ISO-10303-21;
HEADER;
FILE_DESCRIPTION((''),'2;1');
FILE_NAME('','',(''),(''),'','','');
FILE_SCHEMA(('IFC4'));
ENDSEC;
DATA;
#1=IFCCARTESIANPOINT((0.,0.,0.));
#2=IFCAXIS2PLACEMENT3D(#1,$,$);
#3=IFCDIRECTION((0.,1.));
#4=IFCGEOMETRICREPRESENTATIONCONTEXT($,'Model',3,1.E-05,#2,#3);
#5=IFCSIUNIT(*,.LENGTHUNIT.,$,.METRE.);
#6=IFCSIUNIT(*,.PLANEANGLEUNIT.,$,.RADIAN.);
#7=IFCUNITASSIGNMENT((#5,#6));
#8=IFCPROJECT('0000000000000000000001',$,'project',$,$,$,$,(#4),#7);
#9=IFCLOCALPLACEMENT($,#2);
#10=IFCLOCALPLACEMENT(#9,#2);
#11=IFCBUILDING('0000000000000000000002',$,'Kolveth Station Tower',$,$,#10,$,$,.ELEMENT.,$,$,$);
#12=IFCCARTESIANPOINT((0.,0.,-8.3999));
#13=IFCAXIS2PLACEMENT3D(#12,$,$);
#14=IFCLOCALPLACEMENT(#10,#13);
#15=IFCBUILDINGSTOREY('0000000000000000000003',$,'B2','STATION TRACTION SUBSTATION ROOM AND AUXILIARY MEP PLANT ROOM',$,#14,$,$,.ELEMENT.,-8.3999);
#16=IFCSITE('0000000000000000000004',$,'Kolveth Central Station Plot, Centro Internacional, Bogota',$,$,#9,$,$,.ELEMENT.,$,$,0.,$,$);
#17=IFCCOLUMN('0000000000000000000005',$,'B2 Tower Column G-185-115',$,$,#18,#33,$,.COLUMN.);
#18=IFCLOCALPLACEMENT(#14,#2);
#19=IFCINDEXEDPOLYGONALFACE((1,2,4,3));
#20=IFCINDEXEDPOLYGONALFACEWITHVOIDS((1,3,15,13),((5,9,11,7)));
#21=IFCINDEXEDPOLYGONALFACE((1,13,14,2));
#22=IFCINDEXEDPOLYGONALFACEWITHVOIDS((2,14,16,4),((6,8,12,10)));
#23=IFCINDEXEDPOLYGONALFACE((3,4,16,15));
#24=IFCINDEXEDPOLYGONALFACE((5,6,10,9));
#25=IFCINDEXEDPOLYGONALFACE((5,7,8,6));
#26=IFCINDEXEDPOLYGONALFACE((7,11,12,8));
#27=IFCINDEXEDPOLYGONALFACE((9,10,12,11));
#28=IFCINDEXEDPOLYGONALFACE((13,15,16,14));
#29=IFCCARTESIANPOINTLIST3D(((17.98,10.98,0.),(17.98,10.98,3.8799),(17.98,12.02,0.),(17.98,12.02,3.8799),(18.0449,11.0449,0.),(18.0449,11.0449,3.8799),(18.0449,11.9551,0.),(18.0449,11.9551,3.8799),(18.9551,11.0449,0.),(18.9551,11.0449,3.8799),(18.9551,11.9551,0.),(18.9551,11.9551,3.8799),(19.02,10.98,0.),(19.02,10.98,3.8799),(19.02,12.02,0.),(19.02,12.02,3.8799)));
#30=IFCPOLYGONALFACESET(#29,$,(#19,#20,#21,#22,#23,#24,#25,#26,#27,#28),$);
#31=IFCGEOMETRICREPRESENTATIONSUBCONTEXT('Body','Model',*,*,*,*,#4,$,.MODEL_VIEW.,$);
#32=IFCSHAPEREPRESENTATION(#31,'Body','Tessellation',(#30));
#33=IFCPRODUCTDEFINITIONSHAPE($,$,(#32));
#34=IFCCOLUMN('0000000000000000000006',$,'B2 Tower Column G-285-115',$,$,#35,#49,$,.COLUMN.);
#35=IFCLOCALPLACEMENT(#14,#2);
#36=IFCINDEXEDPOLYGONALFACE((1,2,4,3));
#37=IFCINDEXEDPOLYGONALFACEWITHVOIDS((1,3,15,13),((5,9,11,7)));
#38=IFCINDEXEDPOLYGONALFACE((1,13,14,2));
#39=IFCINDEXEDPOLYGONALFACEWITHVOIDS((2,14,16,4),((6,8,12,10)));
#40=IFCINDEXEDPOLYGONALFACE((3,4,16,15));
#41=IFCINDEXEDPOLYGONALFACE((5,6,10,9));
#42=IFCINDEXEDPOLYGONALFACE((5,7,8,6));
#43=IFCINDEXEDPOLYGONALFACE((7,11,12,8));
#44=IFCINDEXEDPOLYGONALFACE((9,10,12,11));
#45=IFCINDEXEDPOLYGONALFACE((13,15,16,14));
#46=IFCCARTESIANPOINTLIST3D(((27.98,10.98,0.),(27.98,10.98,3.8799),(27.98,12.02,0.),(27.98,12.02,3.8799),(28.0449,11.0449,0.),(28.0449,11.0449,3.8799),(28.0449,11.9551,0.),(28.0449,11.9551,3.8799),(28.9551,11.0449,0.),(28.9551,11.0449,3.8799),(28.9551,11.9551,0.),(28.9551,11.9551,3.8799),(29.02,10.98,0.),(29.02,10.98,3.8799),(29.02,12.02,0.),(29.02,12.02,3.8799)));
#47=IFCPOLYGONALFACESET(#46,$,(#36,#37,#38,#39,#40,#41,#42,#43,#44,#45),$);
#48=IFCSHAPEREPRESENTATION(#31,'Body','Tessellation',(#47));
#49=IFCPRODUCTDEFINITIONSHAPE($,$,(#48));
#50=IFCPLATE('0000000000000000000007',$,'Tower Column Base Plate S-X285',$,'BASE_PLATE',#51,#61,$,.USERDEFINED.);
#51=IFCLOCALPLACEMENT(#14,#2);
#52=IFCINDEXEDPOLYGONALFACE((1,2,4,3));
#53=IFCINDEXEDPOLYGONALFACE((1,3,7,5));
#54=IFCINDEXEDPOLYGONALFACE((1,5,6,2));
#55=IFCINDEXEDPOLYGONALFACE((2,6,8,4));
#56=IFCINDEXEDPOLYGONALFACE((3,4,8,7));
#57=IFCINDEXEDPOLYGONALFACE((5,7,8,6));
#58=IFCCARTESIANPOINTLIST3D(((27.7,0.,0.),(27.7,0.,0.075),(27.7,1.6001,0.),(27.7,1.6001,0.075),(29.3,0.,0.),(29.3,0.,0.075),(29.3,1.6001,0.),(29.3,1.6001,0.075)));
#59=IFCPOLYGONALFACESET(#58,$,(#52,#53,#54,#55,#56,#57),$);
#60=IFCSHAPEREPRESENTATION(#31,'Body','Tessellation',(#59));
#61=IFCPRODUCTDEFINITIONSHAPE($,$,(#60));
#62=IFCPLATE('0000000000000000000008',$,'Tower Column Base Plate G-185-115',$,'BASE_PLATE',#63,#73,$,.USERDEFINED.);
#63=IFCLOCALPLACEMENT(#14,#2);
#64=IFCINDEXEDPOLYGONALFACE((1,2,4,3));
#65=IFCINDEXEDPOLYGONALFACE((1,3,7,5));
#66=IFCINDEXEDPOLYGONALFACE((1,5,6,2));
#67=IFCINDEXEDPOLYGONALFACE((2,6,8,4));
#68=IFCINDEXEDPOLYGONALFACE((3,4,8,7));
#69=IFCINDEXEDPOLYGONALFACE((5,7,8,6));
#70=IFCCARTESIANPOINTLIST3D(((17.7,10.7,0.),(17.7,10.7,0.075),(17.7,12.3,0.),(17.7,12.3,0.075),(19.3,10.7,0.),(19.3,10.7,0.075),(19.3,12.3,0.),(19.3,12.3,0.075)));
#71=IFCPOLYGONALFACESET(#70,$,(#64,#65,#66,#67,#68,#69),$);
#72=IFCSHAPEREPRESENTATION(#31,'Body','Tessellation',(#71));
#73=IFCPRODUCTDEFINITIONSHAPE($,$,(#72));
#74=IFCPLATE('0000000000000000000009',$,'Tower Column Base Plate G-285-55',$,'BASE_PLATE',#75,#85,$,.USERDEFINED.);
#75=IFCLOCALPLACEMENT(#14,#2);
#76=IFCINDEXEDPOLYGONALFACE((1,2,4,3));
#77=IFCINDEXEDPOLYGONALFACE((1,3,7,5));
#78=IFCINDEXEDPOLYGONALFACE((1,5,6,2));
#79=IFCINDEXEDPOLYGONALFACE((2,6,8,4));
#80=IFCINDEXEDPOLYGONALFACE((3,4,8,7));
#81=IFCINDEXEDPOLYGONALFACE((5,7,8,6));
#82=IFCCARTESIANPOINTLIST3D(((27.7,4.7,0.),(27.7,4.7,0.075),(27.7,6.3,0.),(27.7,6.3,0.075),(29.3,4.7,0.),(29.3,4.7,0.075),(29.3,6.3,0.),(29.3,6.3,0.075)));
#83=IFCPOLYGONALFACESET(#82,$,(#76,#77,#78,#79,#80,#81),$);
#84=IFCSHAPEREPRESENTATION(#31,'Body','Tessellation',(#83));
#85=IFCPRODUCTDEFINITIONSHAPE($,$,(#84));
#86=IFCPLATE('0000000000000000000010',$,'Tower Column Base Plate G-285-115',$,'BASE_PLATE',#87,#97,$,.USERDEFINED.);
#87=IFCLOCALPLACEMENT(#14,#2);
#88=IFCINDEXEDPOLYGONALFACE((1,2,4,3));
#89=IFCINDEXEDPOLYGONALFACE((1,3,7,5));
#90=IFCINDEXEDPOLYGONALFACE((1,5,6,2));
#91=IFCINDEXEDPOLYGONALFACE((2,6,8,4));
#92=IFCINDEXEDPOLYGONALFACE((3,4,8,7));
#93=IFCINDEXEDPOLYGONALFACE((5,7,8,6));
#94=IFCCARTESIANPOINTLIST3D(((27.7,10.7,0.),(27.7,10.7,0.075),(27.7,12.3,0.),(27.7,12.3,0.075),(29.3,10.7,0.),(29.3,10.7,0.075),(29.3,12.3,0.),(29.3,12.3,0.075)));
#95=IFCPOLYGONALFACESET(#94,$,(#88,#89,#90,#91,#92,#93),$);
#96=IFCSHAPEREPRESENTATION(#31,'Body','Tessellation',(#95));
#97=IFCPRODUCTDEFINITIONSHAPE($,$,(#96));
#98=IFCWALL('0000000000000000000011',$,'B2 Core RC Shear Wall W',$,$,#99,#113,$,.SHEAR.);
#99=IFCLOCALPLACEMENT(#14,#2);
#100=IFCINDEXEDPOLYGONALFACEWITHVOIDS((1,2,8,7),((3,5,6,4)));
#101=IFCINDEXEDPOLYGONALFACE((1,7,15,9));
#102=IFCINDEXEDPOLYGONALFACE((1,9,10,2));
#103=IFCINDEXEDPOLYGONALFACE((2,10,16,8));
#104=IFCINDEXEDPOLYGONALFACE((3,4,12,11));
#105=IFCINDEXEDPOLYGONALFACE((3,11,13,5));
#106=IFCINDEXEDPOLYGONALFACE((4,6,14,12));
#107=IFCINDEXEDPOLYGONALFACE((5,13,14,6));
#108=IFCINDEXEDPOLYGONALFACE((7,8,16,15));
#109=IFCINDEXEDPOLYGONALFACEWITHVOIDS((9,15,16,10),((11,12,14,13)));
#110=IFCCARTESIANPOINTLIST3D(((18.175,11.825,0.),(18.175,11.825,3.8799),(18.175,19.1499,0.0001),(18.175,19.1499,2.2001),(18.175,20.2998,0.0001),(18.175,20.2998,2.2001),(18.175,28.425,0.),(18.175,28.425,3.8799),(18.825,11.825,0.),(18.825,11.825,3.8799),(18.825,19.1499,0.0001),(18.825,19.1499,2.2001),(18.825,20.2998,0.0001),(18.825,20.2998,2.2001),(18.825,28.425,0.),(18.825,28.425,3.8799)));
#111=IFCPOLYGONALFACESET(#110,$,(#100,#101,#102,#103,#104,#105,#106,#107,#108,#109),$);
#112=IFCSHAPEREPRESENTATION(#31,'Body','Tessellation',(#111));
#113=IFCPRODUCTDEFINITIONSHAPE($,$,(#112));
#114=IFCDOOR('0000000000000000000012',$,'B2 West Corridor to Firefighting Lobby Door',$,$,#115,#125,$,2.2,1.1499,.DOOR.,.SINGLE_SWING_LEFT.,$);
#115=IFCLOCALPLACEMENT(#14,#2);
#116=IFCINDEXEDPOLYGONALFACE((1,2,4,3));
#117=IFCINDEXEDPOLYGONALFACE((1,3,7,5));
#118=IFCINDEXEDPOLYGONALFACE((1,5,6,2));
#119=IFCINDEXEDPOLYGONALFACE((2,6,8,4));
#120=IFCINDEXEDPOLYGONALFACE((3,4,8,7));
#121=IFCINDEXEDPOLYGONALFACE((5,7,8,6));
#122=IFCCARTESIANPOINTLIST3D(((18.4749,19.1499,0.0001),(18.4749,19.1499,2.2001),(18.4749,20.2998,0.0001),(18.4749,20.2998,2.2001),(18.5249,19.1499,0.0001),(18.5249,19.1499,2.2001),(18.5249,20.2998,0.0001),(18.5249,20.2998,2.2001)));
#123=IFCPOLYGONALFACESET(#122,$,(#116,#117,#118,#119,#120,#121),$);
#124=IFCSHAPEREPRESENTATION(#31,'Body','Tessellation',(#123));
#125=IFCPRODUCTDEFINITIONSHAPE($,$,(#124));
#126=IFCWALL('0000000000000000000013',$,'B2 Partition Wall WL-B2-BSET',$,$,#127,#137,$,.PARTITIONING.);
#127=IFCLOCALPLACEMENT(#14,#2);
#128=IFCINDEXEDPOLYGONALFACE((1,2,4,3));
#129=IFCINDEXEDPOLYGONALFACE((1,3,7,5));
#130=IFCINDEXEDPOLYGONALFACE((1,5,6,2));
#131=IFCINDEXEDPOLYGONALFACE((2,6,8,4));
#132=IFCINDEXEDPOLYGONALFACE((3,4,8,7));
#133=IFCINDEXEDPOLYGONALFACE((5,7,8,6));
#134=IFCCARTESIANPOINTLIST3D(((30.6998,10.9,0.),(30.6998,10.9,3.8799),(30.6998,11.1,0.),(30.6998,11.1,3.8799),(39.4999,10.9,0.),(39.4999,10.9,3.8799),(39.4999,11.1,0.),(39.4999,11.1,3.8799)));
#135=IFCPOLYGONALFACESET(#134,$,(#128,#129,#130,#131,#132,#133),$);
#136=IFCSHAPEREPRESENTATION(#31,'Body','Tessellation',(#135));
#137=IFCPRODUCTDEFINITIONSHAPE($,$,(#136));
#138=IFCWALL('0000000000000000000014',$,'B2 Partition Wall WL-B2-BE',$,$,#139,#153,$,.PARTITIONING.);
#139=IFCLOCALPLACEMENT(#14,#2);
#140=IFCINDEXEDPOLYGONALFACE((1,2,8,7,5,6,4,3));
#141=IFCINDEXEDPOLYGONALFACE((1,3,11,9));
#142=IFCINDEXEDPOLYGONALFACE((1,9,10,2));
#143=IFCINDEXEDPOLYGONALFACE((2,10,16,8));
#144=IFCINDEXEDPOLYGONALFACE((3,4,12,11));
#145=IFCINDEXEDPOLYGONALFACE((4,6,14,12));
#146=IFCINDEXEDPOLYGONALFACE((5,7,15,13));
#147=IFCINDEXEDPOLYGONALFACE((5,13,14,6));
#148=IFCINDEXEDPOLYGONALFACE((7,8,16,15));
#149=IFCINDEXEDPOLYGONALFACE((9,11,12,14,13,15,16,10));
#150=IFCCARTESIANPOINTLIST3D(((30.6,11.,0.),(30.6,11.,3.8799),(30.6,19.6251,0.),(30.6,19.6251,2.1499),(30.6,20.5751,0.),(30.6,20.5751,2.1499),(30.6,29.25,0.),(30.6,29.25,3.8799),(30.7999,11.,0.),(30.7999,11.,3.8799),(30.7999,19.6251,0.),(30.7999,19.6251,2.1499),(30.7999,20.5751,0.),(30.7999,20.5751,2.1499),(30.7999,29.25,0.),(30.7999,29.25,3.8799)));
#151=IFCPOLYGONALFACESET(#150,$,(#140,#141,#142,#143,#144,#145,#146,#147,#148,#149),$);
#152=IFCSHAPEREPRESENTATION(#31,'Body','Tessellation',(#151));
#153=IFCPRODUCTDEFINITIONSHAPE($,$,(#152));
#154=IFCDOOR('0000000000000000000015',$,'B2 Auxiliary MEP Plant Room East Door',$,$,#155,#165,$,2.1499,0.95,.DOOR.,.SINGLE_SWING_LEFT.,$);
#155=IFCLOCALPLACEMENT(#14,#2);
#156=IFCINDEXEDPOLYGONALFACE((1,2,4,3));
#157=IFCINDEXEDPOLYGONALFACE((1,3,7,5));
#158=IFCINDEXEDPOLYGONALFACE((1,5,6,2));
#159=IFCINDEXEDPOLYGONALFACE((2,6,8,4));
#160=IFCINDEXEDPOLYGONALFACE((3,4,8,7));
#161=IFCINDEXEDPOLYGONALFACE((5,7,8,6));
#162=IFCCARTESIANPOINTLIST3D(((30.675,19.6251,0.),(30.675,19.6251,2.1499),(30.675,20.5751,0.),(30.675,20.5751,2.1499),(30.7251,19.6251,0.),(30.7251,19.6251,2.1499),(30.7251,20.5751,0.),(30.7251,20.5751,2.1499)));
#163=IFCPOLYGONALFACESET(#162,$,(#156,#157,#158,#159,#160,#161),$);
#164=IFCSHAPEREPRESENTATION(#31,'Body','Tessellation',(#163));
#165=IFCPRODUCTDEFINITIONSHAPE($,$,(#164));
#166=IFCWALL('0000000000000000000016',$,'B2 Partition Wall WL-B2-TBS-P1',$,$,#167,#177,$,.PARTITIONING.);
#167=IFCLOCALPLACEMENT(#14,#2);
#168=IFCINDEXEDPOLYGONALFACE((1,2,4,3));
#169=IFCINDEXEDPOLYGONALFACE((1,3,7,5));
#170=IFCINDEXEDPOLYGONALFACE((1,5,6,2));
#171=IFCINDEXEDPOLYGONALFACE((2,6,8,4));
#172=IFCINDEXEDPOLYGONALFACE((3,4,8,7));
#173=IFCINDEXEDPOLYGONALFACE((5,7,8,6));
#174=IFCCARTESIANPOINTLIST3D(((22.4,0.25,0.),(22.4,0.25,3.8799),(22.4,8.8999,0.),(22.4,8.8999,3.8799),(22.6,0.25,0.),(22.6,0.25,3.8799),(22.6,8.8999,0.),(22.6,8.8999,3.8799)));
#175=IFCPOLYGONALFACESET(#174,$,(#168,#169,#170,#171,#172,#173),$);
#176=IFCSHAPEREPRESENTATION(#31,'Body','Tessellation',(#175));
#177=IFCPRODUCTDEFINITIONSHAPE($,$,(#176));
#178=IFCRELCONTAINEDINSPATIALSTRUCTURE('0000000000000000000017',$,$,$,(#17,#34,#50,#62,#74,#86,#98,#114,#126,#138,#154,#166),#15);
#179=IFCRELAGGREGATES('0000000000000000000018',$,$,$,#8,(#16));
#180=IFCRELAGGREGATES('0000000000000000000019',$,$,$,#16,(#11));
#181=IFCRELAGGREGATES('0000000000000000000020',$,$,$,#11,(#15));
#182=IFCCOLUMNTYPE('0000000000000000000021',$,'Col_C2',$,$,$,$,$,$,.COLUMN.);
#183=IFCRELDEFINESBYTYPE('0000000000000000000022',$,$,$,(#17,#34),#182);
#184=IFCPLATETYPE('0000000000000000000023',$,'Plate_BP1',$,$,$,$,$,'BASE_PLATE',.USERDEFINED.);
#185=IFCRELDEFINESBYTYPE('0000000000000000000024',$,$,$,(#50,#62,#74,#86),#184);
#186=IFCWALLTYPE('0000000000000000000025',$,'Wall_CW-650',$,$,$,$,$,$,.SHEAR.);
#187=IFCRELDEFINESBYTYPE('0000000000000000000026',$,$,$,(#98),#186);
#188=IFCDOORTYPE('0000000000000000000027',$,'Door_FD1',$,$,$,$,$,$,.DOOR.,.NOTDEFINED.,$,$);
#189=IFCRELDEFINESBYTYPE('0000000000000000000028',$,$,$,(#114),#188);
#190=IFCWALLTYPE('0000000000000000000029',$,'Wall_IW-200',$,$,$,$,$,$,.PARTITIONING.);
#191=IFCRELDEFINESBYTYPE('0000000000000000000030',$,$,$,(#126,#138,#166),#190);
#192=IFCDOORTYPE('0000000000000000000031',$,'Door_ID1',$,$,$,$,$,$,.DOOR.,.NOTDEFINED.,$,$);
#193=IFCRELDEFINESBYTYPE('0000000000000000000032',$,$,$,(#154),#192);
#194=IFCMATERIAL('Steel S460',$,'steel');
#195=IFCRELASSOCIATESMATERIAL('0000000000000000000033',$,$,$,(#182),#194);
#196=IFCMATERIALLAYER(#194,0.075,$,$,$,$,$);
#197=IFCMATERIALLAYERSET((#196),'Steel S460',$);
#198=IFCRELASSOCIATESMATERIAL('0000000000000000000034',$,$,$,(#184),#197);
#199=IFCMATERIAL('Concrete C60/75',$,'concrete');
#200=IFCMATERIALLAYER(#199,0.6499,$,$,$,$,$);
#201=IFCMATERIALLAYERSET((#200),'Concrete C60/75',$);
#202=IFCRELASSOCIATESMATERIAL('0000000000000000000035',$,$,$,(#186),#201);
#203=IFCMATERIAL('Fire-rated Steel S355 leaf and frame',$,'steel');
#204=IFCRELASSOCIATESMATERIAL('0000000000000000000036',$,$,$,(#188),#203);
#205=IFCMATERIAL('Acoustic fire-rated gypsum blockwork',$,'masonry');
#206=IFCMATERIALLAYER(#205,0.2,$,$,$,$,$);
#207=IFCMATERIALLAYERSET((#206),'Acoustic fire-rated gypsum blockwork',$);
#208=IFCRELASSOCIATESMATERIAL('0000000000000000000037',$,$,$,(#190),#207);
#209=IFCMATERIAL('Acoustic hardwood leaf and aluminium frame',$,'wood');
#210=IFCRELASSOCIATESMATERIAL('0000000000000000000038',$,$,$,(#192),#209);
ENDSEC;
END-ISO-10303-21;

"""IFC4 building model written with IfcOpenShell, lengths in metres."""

from ifc_helpers import new_model, si_unit, direction, frame, frame_2d, origin, origin_2d, place, context, subcontext, project, spatial, rectangle, hollow_rectangle, extrude, source, transform, mapped, material, layer, layer_set, material_profile, profile_set, type_object, element, fill, save


model = new_model("IFC4")

# Units and contexts
model_context = context("Model", 3, precision=1e-05, world=origin(), true_north=direction((0.0, 1.0)))
body_context = subcontext(model_context, "Body", "Model", "MODEL_VIEW")
ifc_project = project(units=[si_unit("LENGTHUNIT", "METRE"), si_unit("PLANEANGLEUNIT", "RADIAN")], contexts=[model_context])

# Site, building, storey
site_placement = place(None, origin())
site = spatial("IfcSite", under=ifc_project, at=site_placement, Name="Kolveth Central Station Plot, Centro Internacional, Bogota", CompositionType="ELEMENT", RefElevation=0.0)
building_placement = place(site_placement, origin())
building = spatial("IfcBuilding", under=site, at=building_placement, Name="Kolveth Station Tower", CompositionType="ELEMENT")
storey_placement = place(building_placement, frame((0.0, 0.0, -8.3999)))
storey = spatial("IfcBuildingStorey", under=building, at=storey_placement, Name="B2", Description="STATION TRACTION SUBSTATION ROOM AND AUXILIARY MEP PLANT ROOM", CompositionType="ELEMENT", Elevation=-8.3999)

# Columns
ifc_material_1 = material(Name="Steel S460", Category="steel")
ifc_material_profile_1 = material_profile(ifc_material_1, hollow_rectangle(XDim=1.04, YDim=1.04, WallThickness=0.0649, at=origin_2d()), Name="BOX1040x1040x65")
ifc_profile_set_1 = profile_set([ifc_material_profile_1], Name="Steel S460")
column_type_1 = type_object("IfcColumnType", Name="Col_C2", PredefinedType="COLUMN", material=ifc_profile_set_1)
shared_shape_1 = source(origin(), body_context, "Body", "SweptSolid", [
    extrude(hollow_rectangle(XDim=1.04, YDim=1.04, WallThickness=0.0649, at=origin_2d()), origin(), (0.0, 0.0, 1.0), 3.8799),
])
for number, where, z_axis, x_axis, name in (
    (1, (18.5, 11.5, 0.0), (0.0, 0.0, 1.0), (1.0, 0.0, 0.0), "B2 Tower Column G-185-115"),
    (2, (28.5, 11.5, 0.0), (0.0, 0.0, 1.0), (1.0, 0.0, 0.0), "B2 Tower Column G-285-115"),
):
    element("IfcColumn", number, at=place(storey_placement, frame(where, z_axis=z_axis, x_axis=x_axis)), inside=storey, type_object=column_type_1, Name=name, PredefinedType="COLUMN", context=body_context, shape_type="MappedRepresentation", body=[
        mapped(shared_shape_1, transform((0.0, 0.0, 0.0), x_axis=(1.0, 0.0, 0.0), y_axis=(0.0, 1.0, 0.0), z_axis=(0.0, 0.0, 1.0), scale=1.0)),
    ])

# Plates
ifc_layer_1 = layer(ifc_material_1, 0.075)
ifc_layer_set_1 = layer_set([ifc_layer_1], Name="Steel S460")
plate_type = type_object("IfcPlateType", Name="Plate_BP1", ElementType="BASE_PLATE", PredefinedType="USERDEFINED", material=ifc_layer_set_1)
shared_shape_2 = source(origin(), body_context, "Body", "SweptSolid", [
    extrude(rectangle(XDim=1.6001, YDim=1.6001, at=origin_2d()), origin(), (0.0, 0.0, 1.0), 0.075),
])
for number, where, z_axis, x_axis, name in (
    (3, (28.5, 0.8, 0.0), (0.0, 0.0, 1.0), (1.0, 0.0, 0.0), "Tower Column Base Plate S-X285"),
    (4, (18.5, 11.5, 0.0), (0.0, 0.0, 1.0), (1.0, 0.0, 0.0), "Tower Column Base Plate G-185-115"),
    (5, (28.5, 5.5, 0.0), (0.0, 0.0, 1.0), (1.0, 0.0, 0.0), "Tower Column Base Plate G-285-55"),
    (6, (28.5, 11.5, 0.0), (0.0, 0.0, 1.0), (1.0, 0.0, 0.0), "Tower Column Base Plate G-285-115"),
):
    element("IfcPlate", number, at=place(storey_placement, frame(where, z_axis=z_axis, x_axis=x_axis)), inside=storey, type_object=plate_type, Name=name, ObjectType="BASE_PLATE", PredefinedType="USERDEFINED", context=body_context, shape_type="MappedRepresentation", body=[
        mapped(shared_shape_2, transform((0.0, 0.0, 0.0), x_axis=(1.0, 0.0, 0.0), y_axis=(0.0, 1.0, 0.0), z_axis=(0.0, 0.0, 1.0), scale=1.0)),
    ])

# Wall, opening, door
ifc_material_2 = material(Name="Concrete C60/75", Category="concrete")
ifc_layer_2 = layer(ifc_material_2, 0.6499)
ifc_layer_set_2 = layer_set([ifc_layer_2], Name="Concrete C60/75")
wall_type_1 = type_object("IfcWallType", Name="Wall_CW-650", PredefinedType="SHEAR", material=ifc_layer_set_2)
wall_1_placement = place(storey_placement, frame((18.5, 11.825, 0.0), z_axis=(0.0, 0.0, 1.0), x_axis=(0.0, 1.0, 0.0)))
wall_1 = element("IfcWall", 7, at=wall_1_placement, inside=storey, type_object=wall_type_1, Name="B2 Core RC Shear Wall W", PredefinedType="SHEAR", context=body_context, shape_type="SweptSolid", body=[
    extrude(rectangle(XDim=16.6001, YDim=0.6499, at=frame_2d((8.3, 0.0))), origin(), (0.0, 0.0, 1.0), 3.8799),
])
opening_1_placement = place(wall_1_placement, frame((7.325, 0.0, 0.0)))
opening_1 = element("IfcOpeningElement", 8, at=opening_1_placement, cuts=wall_1, PredefinedType="OPENING", context=body_context, shape_type="SweptSolid", body=[
    extrude(rectangle(XDim=1.1499, YDim=2.2, at=frame_2d((0.575, 1.1001))), frame((0.0, 0.335, 0.0), z_axis=(0.0, -1.0, 0.0), x_axis=(1.0, 0.0, 0.0)), (0.0, 0.0, 1.0), 0.6699),
])
ifc_material_3 = material(Name="Fire-rated Steel S355 leaf and frame", Category="steel")
door_type_1 = type_object("IfcDoorType", Name="Door_FD1", OperationType="NOTDEFINED", PredefinedType="DOOR", material=ifc_material_3)
door_1_placement = place(opening_1_placement, frame((1.1499, 0.0, 0.0), z_axis=(0.0, 0.0, 1.0), x_axis=(-1.0, 0.0, 0.0)))
door_1 = element("IfcDoor", 9, at=door_1_placement, inside=storey, type_object=door_type_1, Name="B2 West Corridor to Firefighting Lobby Door", OperationType="SINGLE_SWING_LEFT", OverallHeight=2.2, OverallWidth=1.1499, PredefinedType="DOOR", context=body_context, shape_type="SweptSolid", body=[
    extrude(rectangle(XDim=1.1499, YDim=2.2, at=frame_2d((0.575, 1.1001))), frame((0.0, 0.0249, 0.0), z_axis=(0.0, -1.0, 0.0), x_axis=(1.0, 0.0, 0.0)), (0.0, 0.0, 1.0), 0.05),
])
fill(opening_1, door_1)

# Wall
ifc_material_4 = material(Name="Acoustic fire-rated gypsum blockwork", Category="masonry")
ifc_layer_3 = layer(ifc_material_4, 0.2)
ifc_layer_set_3 = layer_set([ifc_layer_3], Name="Acoustic fire-rated gypsum blockwork")
wall_type_2 = type_object("IfcWallType", Name="Wall_IW-200", PredefinedType="PARTITIONING", material=ifc_layer_set_3)
wall_2_placement = place(storey_placement, frame((30.7, 11.0, 0.0), z_axis=(0.0, 0.0, 1.0), x_axis=(1.0, 0.0, 0.0)))
element("IfcWall", 10, at=wall_2_placement, inside=storey, type_object=wall_type_2, Name="B2 Partition Wall WL-B2-BSET", PredefinedType="PARTITIONING", context=body_context, shape_type="SweptSolid", body=[
    extrude(rectangle(XDim=8.8, YDim=0.2, at=frame_2d((4.3999, 0.0))), origin(), (0.0, 0.0, 1.0), 3.8799),
])

# Wall, opening, door
wall_3_placement = place(storey_placement, frame((30.7, 11.0, 0.0), z_axis=(0.0, 0.0, 1.0), x_axis=(0.0, 1.0, 0.0)))
wall_3 = element("IfcWall", 11, at=wall_3_placement, inside=storey, type_object=wall_type_2, Name="B2 Partition Wall WL-B2-BE", PredefinedType="PARTITIONING", context=body_context, shape_type="SweptSolid", body=[
    extrude(rectangle(XDim=18.25, YDim=0.2, at=frame_2d((9.125, 0.0))), origin(), (0.0, 0.0, 1.0), 3.8799),
])
opening_2_placement = place(wall_3_placement, frame((8.625, 0.0, 0.0)))
opening_2 = element("IfcOpeningElement", 12, at=opening_2_placement, cuts=wall_3, PredefinedType="OPENING", context=body_context, shape_type="SweptSolid", body=[
    extrude(rectangle(XDim=0.95, YDim=2.1499, at=frame_2d((0.4751, 1.075))), frame((0.0, 0.1099, 0.0), z_axis=(0.0, -1.0, 0.0), x_axis=(1.0, 0.0, 0.0)), (0.0, 0.0, 1.0), 0.22),
])
ifc_material_5 = material(Name="Acoustic hardwood leaf and aluminium frame", Category="wood")
door_type_2 = type_object("IfcDoorType", Name="Door_ID1", OperationType="NOTDEFINED", PredefinedType="DOOR", material=ifc_material_5)
door_2_placement = place(opening_2_placement, origin())
door_2 = element("IfcDoor", 13, at=door_2_placement, inside=storey, type_object=door_type_2, Name="B2 Auxiliary MEP Plant Room East Door", OperationType="SINGLE_SWING_LEFT", OverallHeight=2.1499, OverallWidth=0.95, PredefinedType="DOOR", context=body_context, shape_type="SweptSolid", body=[
    extrude(rectangle(XDim=0.95, YDim=2.1499, at=frame_2d((0.4751, 1.075))), frame((0.0, 0.0249, 0.0), z_axis=(0.0, -1.0, 0.0), x_axis=(1.0, 0.0, 0.0)), (0.0, 0.0, 1.0), 0.05),
])
fill(opening_2, door_2)

# Wall
wall_4_placement = place(storey_placement, frame((22.5, 0.25, 0.0), z_axis=(0.0, 0.0, 1.0), x_axis=(0.0, 1.0, 0.0)))
element("IfcWall", 14, at=wall_4_placement, inside=storey, type_object=wall_type_2, Name="B2 Partition Wall WL-B2-TBS-P1", PredefinedType="PARTITIONING", context=body_context, shape_type="SweptSolid", body=[
    extrude(rectangle(XDim=8.6499, YDim=0.2, at=frame_2d((4.325, 0.0))), origin(), (0.0, 0.0, 1.0), 3.8799),
])

save(model, "model.ifc")
